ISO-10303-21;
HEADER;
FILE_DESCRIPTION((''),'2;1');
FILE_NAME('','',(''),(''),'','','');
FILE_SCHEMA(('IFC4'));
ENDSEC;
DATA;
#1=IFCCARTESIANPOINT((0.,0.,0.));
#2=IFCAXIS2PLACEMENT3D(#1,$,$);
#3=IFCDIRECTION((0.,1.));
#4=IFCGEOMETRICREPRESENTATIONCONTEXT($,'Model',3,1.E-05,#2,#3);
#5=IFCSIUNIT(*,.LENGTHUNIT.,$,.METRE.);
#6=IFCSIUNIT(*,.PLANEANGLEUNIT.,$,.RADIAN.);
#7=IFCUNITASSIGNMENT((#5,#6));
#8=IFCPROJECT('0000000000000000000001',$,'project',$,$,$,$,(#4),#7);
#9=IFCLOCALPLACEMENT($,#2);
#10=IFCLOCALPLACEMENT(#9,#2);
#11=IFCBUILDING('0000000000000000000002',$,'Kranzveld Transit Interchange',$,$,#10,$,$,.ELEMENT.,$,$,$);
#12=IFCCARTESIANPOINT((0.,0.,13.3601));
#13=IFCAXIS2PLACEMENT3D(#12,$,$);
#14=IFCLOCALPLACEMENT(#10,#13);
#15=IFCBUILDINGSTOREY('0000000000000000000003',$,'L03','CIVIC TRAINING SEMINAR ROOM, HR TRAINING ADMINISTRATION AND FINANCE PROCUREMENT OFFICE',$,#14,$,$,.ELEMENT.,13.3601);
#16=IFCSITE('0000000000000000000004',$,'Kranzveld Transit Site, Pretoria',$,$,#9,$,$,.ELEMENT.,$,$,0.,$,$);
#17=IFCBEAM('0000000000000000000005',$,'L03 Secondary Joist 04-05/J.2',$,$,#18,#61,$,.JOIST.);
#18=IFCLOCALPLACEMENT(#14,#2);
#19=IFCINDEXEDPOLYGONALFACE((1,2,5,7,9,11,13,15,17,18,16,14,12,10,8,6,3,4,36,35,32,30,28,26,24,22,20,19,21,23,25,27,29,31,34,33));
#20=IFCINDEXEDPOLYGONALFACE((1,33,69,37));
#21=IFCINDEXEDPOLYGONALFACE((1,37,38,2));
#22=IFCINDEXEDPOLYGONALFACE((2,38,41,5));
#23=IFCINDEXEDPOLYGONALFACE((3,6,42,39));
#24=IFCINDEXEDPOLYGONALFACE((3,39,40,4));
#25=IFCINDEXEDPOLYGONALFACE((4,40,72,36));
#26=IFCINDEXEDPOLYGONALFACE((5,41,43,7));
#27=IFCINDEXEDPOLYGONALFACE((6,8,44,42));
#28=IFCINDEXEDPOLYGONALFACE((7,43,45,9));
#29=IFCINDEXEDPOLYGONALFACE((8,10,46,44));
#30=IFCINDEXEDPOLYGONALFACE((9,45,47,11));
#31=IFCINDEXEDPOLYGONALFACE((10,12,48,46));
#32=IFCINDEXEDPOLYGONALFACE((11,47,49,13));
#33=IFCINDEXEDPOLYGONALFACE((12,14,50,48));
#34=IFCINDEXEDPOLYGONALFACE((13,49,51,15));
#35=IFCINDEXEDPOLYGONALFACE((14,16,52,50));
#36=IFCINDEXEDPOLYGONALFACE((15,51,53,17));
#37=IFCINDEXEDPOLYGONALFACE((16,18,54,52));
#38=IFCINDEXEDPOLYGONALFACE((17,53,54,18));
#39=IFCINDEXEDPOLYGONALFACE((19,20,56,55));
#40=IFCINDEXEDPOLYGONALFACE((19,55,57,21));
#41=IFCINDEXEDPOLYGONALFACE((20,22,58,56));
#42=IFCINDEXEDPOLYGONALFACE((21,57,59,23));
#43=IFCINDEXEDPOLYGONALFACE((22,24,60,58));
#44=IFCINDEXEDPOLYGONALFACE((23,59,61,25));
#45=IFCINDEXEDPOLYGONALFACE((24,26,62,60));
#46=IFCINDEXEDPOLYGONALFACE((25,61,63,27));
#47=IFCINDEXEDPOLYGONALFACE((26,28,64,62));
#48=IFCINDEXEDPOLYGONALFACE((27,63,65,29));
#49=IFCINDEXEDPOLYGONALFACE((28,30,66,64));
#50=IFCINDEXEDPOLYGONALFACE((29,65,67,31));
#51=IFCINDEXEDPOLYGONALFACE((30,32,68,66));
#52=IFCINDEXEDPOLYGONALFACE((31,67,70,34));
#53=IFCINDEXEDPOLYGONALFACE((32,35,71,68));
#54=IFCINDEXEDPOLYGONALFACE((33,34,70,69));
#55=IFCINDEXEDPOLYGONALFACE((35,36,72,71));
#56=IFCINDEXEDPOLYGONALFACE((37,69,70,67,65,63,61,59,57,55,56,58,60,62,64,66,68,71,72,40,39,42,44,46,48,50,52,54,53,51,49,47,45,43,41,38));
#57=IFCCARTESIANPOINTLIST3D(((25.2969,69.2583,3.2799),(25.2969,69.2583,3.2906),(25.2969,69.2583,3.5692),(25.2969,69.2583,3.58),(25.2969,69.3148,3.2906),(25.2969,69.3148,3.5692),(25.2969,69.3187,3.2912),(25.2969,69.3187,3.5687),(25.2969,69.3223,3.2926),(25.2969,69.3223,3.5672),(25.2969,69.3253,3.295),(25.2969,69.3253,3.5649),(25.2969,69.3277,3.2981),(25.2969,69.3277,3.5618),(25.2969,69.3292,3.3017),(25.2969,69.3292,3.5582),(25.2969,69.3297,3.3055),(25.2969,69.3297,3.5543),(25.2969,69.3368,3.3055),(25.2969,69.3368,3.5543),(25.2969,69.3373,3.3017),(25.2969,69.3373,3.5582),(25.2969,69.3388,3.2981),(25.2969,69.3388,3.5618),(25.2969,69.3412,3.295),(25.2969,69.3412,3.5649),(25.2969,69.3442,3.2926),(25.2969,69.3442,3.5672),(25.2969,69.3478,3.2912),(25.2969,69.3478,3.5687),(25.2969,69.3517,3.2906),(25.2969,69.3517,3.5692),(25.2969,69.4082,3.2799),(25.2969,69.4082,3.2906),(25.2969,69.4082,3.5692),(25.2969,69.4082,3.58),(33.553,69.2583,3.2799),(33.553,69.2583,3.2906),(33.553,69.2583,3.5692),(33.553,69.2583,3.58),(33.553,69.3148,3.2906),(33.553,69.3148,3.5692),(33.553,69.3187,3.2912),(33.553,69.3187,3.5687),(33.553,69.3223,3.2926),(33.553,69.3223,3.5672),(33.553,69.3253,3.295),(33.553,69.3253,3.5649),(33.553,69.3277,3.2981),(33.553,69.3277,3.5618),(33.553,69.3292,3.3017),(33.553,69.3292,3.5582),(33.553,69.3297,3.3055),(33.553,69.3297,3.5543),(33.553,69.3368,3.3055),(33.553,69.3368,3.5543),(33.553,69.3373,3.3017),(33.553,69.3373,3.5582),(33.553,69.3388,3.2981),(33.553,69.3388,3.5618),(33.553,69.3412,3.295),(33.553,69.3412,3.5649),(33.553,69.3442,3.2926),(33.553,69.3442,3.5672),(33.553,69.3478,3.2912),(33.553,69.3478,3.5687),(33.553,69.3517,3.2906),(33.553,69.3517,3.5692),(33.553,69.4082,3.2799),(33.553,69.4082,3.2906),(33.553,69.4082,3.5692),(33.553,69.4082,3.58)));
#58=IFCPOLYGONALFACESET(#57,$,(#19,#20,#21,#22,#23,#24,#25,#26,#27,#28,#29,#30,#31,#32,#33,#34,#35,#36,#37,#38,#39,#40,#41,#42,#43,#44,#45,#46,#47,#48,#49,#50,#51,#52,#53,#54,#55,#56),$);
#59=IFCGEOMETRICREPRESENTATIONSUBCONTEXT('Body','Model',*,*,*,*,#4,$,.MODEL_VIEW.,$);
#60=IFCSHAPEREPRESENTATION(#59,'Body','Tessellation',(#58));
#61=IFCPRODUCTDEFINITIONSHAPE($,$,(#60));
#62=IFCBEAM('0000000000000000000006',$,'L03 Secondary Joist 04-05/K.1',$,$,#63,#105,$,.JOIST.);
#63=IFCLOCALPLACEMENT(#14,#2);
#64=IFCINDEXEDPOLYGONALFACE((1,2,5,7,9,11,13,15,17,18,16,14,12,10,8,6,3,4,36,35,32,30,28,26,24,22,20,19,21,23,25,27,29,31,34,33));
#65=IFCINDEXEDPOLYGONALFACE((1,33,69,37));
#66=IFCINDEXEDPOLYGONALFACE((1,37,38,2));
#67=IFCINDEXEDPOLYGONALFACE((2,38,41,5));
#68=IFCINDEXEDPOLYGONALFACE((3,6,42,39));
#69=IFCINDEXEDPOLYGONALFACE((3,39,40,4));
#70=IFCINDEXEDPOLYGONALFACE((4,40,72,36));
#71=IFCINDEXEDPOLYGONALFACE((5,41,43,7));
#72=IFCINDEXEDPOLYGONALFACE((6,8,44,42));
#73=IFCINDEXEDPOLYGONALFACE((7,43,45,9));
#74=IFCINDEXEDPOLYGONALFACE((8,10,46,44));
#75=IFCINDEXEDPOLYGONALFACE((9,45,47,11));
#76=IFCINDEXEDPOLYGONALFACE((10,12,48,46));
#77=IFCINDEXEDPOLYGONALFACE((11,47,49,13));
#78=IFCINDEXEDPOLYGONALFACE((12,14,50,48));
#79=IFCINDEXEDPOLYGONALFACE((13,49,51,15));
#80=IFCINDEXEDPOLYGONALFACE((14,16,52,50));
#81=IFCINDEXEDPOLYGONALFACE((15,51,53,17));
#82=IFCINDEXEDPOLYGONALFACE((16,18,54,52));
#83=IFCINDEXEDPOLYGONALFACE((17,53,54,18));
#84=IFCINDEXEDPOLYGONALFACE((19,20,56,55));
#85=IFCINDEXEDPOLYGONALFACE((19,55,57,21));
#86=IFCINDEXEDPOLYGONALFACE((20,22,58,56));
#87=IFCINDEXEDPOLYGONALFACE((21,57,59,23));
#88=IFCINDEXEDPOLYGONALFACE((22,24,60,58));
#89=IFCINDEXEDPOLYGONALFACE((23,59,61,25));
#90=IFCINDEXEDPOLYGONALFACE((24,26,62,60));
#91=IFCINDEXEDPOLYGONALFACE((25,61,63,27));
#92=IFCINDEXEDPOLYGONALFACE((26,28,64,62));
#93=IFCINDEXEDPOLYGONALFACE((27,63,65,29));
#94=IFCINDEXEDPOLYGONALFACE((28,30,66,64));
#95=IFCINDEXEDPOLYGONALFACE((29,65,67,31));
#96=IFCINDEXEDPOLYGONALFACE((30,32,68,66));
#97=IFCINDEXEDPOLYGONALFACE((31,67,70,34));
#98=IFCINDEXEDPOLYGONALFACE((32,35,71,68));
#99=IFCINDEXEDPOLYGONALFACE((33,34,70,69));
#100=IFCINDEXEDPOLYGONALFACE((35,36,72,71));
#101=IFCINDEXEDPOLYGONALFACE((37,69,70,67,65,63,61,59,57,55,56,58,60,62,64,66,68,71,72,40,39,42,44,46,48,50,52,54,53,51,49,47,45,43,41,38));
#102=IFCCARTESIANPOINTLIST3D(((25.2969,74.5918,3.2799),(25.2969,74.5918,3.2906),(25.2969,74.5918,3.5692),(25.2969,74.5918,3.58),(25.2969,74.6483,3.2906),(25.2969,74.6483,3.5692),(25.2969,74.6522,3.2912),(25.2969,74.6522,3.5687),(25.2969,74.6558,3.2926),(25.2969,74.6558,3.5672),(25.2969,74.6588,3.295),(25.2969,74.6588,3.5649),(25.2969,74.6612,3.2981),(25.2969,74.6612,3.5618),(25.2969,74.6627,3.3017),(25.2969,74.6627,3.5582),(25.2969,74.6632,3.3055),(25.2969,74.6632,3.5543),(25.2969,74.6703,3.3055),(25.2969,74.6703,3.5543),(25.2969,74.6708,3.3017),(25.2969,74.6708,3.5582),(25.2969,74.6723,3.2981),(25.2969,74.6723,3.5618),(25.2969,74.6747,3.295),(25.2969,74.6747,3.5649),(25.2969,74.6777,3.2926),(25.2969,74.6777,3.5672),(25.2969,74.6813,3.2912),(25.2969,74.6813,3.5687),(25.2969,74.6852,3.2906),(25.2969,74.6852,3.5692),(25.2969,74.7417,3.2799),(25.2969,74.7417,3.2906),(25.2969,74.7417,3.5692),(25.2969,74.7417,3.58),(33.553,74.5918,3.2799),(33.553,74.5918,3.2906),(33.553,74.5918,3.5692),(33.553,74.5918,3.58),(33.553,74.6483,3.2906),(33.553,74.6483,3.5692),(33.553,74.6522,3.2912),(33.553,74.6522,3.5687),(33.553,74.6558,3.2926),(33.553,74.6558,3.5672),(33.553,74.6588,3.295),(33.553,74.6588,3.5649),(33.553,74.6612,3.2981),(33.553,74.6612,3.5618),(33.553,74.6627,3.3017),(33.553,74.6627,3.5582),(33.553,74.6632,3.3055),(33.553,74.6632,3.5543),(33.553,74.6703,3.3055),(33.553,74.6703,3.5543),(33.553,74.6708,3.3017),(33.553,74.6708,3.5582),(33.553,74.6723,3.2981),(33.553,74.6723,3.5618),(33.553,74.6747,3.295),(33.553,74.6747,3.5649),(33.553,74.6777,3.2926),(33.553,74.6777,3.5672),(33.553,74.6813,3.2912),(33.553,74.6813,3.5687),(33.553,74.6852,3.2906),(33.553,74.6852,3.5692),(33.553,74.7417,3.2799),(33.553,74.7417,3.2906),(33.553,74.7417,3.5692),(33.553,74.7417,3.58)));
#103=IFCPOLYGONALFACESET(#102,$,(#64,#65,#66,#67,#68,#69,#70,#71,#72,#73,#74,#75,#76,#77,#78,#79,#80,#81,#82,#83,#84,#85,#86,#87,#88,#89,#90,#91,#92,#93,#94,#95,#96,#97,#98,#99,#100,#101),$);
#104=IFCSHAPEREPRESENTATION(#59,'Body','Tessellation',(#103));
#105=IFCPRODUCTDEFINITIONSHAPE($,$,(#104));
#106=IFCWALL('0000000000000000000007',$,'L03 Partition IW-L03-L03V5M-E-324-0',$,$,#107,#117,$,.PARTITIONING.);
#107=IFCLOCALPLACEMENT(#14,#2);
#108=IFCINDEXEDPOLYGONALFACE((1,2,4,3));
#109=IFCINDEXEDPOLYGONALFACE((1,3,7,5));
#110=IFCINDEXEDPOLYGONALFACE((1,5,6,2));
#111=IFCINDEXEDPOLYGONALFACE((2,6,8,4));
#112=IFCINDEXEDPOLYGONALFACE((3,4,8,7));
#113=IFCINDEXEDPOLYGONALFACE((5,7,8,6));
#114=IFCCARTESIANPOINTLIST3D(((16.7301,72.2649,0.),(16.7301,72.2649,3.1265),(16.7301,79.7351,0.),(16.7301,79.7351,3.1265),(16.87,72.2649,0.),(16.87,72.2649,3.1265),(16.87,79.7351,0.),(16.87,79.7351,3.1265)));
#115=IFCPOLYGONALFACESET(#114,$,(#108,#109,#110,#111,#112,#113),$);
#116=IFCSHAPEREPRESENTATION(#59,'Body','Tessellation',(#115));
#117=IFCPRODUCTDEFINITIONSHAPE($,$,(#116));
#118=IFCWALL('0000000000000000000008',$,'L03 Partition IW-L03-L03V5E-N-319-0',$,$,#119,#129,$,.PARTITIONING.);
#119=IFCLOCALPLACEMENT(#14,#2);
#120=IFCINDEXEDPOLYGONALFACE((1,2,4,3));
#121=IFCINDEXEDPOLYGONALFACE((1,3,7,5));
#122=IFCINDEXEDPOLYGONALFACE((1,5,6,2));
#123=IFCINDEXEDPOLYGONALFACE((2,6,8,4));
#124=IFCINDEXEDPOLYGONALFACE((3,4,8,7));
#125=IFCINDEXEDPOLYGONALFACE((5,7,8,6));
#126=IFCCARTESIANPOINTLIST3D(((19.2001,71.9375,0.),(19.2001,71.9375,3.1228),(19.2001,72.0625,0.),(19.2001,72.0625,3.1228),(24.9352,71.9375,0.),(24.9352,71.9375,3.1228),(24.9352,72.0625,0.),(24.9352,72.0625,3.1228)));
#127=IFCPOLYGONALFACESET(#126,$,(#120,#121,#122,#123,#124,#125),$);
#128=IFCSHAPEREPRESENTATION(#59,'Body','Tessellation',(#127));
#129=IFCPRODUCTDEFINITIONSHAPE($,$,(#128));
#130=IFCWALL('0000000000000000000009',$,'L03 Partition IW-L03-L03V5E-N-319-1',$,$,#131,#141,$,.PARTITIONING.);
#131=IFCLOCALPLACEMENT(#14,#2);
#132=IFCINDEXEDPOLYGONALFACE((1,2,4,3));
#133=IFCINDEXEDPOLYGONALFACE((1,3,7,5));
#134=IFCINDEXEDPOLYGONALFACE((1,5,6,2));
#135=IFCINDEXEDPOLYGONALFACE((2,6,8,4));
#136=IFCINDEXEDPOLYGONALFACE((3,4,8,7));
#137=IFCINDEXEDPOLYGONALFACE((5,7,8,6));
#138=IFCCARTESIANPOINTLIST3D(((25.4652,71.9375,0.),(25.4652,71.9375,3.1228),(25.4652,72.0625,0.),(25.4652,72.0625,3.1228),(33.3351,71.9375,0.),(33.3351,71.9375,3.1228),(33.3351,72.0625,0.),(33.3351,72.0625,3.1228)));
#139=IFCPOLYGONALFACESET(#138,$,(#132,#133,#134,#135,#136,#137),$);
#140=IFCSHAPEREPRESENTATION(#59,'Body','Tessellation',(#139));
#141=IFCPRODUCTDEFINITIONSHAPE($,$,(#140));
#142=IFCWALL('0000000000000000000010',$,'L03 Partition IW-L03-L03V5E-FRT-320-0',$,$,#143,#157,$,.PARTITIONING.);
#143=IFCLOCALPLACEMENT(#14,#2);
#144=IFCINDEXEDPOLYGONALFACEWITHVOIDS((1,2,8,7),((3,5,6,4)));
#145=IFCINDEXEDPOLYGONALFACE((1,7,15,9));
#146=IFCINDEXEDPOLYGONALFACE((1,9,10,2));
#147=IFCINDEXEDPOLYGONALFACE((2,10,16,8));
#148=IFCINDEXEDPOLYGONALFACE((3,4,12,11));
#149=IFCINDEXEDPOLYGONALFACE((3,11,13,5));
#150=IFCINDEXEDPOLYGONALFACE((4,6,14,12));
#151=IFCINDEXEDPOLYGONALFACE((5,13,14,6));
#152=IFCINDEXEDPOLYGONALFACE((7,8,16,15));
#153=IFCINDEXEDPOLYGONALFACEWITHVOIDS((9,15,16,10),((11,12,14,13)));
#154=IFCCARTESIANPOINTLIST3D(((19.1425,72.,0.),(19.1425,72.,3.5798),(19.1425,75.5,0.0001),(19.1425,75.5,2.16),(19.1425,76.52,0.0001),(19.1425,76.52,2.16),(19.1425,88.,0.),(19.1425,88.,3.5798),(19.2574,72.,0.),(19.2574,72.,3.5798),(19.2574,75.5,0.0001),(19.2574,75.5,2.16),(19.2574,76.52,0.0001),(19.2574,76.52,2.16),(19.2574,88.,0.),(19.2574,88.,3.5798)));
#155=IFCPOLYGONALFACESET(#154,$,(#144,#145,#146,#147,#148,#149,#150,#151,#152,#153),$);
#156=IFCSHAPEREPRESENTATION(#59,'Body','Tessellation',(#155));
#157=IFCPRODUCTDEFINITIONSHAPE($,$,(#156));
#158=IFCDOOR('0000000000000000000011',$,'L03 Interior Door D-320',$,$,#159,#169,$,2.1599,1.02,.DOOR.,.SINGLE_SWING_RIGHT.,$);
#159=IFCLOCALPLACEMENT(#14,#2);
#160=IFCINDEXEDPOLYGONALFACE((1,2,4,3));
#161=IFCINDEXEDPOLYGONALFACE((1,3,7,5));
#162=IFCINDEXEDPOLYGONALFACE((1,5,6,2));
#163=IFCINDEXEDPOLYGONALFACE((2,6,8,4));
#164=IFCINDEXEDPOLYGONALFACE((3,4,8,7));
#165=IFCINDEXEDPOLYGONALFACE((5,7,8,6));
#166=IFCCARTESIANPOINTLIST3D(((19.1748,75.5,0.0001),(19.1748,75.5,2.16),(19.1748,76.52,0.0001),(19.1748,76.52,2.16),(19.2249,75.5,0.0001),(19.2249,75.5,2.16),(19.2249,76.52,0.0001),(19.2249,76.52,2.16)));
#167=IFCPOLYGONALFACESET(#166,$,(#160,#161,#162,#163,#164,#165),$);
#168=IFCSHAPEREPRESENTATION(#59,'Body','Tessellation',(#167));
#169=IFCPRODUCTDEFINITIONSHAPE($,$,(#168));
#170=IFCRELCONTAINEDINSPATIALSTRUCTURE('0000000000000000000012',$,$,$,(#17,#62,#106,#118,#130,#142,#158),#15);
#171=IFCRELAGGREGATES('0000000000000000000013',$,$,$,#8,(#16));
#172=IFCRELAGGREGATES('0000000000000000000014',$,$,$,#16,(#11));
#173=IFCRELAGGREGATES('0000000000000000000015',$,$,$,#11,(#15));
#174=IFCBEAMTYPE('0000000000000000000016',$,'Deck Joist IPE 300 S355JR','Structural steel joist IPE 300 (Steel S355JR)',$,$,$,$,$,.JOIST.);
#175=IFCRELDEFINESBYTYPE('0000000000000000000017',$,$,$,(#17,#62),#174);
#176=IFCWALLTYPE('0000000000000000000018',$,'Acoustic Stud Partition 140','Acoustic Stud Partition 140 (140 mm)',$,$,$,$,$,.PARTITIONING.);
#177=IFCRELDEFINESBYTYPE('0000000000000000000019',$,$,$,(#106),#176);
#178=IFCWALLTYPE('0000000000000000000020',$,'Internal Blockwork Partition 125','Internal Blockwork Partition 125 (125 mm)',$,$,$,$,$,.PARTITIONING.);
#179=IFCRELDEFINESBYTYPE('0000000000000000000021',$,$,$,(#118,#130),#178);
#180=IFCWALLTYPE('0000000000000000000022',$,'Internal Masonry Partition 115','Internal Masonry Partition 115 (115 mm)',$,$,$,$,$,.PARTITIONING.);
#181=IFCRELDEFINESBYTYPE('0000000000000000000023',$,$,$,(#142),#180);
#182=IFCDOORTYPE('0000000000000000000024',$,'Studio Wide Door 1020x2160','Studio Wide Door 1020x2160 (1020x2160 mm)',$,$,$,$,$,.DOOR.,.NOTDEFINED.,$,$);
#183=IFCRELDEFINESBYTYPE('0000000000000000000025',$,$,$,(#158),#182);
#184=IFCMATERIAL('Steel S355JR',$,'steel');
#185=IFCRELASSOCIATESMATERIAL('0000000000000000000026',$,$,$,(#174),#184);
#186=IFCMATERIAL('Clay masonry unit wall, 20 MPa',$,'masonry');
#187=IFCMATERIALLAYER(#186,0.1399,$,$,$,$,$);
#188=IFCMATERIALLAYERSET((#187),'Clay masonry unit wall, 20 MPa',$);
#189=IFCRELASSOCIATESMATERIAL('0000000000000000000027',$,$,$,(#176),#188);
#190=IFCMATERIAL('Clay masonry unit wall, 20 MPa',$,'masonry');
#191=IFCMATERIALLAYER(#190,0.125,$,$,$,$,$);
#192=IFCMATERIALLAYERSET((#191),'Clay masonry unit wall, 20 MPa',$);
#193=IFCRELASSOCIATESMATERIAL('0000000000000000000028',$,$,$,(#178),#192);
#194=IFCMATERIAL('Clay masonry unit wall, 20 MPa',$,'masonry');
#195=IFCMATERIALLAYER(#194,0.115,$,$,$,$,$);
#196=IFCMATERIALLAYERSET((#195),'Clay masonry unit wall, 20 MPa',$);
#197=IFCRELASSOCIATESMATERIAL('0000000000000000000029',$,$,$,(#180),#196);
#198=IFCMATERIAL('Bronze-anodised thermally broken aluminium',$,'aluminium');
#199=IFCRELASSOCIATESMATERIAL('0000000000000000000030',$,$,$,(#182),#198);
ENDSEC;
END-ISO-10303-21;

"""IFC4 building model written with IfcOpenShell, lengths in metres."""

from ifc_helpers import new_model, si_unit, direction, frame, frame_2d, origin, origin_2d, place, context, subcontext, project, spatial, rectangle, i_section, extrude, material, layer, layer_set, material_profile, profile_set, type_object, element, fill, save


model = new_model("IFC4")

# Units and contexts
model_context = context("Model", 3, precision=1e-05, world=origin(), true_north=direction((0.0, 1.0)))
body_context = subcontext(model_context, "Body", "Model", "MODEL_VIEW")
ifc_project = project(units=[si_unit("LENGTHUNIT", "METRE"), si_unit("PLANEANGLEUNIT", "RADIAN")], contexts=[model_context])

# Site, building, storey
site_placement = place(None, origin())
site = spatial("IfcSite", under=ifc_project, at=site_placement, Name="Kranzveld Transit Site, Pretoria", CompositionType="ELEMENT", RefElevation=0.0)
building_placement = place(site_placement, origin())
building = spatial("IfcBuilding", under=site, at=building_placement, Name="Kranzveld Transit Interchange", CompositionType="ELEMENT")
storey_placement = place(building_placement, frame((0.0, 0.0, 13.3601)))
storey = spatial("IfcBuildingStorey", under=building, at=storey_placement, Name="L03", Description="CIVIC TRAINING SEMINAR ROOM, HR TRAINING ADMINISTRATION AND FINANCE PROCUREMENT OFFICE", CompositionType="ELEMENT", Elevation=13.3601)

# Beams
ifc_material_1 = material(Name="Steel S355JR", Category="steel")
ifc_material_profile_1 = material_profile(ifc_material_1, i_section(OverallWidth=0.1499, OverallDepth=0.3, WebThickness=0.0071, FlangeThickness=0.0107, FilletRadius=0.0149, at=origin_2d()), Name="IPE 300")
ifc_profile_set_1 = profile_set([ifc_material_profile_1], Name="Steel S355JR")
beam_type_1 = type_object("IfcBeamType", Name="Deck Joist IPE 300 S355JR", Description="Structural steel joist IPE 300 (Steel S355JR)", PredefinedType="JOIST", material=ifc_profile_set_1)
for number, where, z_axis, x_axis, name in (
    (1, (25.2969, 69.3333, 3.4299), (1.0, 0.0, 0.0), (0.0, 1.0, 0.0), "L03 Secondary Joist 04-05/J.2"),
    (2, (25.2969, 74.6667, 3.4299), (1.0, 0.0, 0.0), (0.0, 1.0, 0.0), "L03 Secondary Joist 04-05/K.1"),
):
    element("IfcBeam", number, at=place(storey_placement, frame(where, z_axis=z_axis, x_axis=x_axis)), inside=storey, type_object=beam_type_1, Name=name, PredefinedType="JOIST", context=body_context, shape_type="SweptSolid", body=[
        extrude(i_section(OverallWidth=0.1499, OverallDepth=0.3, WebThickness=0.0071, FlangeThickness=0.0107, FilletRadius=0.0149, at=origin_2d()), origin(), (0.0, 0.0, 1.0), 8.2561),
    ])

# Walls
ifc_material_2 = material(Name="Clay masonry unit wall, 20 MPa", Category="masonry")
ifc_layer_1 = layer(ifc_material_2, 0.1399)
ifc_layer_set_1 = layer_set([ifc_layer_1], Name="Clay masonry unit wall, 20 MPa")
wall_type_1 = type_object("IfcWallType", Name="Acoustic Stud Partition 140", Description="Acoustic Stud Partition 140 (140 mm)", PredefinedType="PARTITIONING", material=ifc_layer_set_1)
wall_1_placement = place(storey_placement, frame((16.8, 72.2649, 0.0), z_axis=(0.0, 0.0, 1.0), x_axis=(0.0, 1.0, 0.0)))
element("IfcWall", 3, at=wall_1_placement, inside=storey, type_object=wall_type_1, Name="L03 Partition IW-L03-L03V5M-E-324-0", PredefinedType="PARTITIONING", context=body_context, shape_type="SweptSolid", body=[
    extrude(rectangle(XDim=7.4702, YDim=0.1399, at=frame_2d((3.7351, 0.0))), origin(), (0.0, 0.0, 1.0), 3.1265),
])
ifc_material_3 = material(Name="Clay masonry unit wall, 20 MPa", Category="masonry")
ifc_layer_2 = layer(ifc_material_3, 0.125)
ifc_layer_set_2 = layer_set([ifc_layer_2], Name="Clay masonry unit wall, 20 MPa")
wall_type_2 = type_object("IfcWallType", Name="Internal Blockwork Partition 125", Description="Internal Blockwork Partition 125 (125 mm)", PredefinedType="PARTITIONING", material=ifc_layer_set_2)
wall_2_placement = place(storey_placement, frame((19.2, 72.0, 0.0), z_axis=(0.0, 0.0, 1.0), x_axis=(1.0, 0.0, 0.0)))
element("IfcWall", 4, at=wall_2_placement, inside=storey, type_object=wall_type_2, Name="L03 Partition IW-L03-L03V5E-N-319-0", PredefinedType="PARTITIONING", context=body_context, shape_type="SweptSolid", body=[
    extrude(rectangle(XDim=5.7351, YDim=0.125, at=frame_2d((2.8677, 0.0))), origin(), (0.0, 0.0, 1.0), 3.1228),
])
wall_3_placement = place(storey_placement, frame((25.4651, 72.0, 0.0), z_axis=(0.0, 0.0, 1.0), x_axis=(1.0, 0.0, 0.0)))
element("IfcWall", 5, at=wall_3_placement, inside=storey, type_object=wall_type_2, Name="L03 Partition IW-L03-L03V5E-N-319-1", PredefinedType="PARTITIONING", context=body_context, shape_type="SweptSolid", body=[
    extrude(rectangle(XDim=7.8699, YDim=0.125, at=frame_2d((3.9351, 0.0))), origin(), (0.0, 0.0, 1.0), 3.1228),
])

# Wall, opening, door
ifc_material_4 = material(Name="Clay masonry unit wall, 20 MPa", Category="masonry")
ifc_layer_3 = layer(ifc_material_4, 0.115)
ifc_layer_set_3 = layer_set([ifc_layer_3], Name="Clay masonry unit wall, 20 MPa")
wall_type_3 = type_object("IfcWallType", Name="Internal Masonry Partition 115", Description="Internal Masonry Partition 115 (115 mm)", PredefinedType="PARTITIONING", material=ifc_layer_set_3)
wall_4_placement = place(storey_placement, frame((19.2, 72.0, 0.0), z_axis=(0.0, 0.0, 1.0), x_axis=(0.0, 1.0, 0.0)))
wall_4 = element("IfcWall", 6, at=wall_4_placement, inside=storey, type_object=wall_type_3, Name="L03 Partition IW-L03-L03V5E-FRT-320-0", PredefinedType="PARTITIONING", context=body_context, shape_type="SweptSolid", body=[
    extrude(rectangle(XDim=16.0, YDim=0.115, at=frame_2d((8.0, 0.0))), origin(), (0.0, 0.0, 1.0), 3.5798),
])
opening_placement = place(wall_4_placement, frame((4.52, 0.0, 0.0), z_axis=(0.0, 0.0, 1.0), x_axis=(-1.0, 0.0, 0.0)))
opening = element("IfcOpeningElement", 7, at=opening_placement, cuts=wall_4, PredefinedType="OPENING", context=body_context, shape_type="SweptSolid", body=[
    extrude(rectangle(XDim=1.02, YDim=2.1599, at=frame_2d((0.51, 1.0801))), frame((0.0, 0.0674, 0.0), z_axis=(0.0, -1.0, 0.0), x_axis=(1.0, 0.0, 0.0)), (0.0, 0.0, 1.0), 0.135),
])
ifc_material_5 = material(Name="Bronze-anodised thermally broken aluminium", Category="aluminium")
door_type = type_object("IfcDoorType", Name="Studio Wide Door 1020x2160", Description="Studio Wide Door 1020x2160 (1020x2160 mm)", OperationType="NOTDEFINED", PredefinedType="DOOR", material=ifc_material_5)
door_placement = place(opening_placement, origin())
door = element("IfcDoor", 8, at=door_placement, inside=storey, type_object=door_type, Name="L03 Interior Door D-320", OperationType="SINGLE_SWING_RIGHT", OverallHeight=2.1599, OverallWidth=1.02, PredefinedType="DOOR", context=body_context, shape_type="SweptSolid", body=[
    extrude(rectangle(XDim=1.02, YDim=2.1599, at=frame_2d((0.51, 1.0801))), frame((0.0, 0.0249, 0.0), z_axis=(0.0, -1.0, 0.0), x_axis=(1.0, 0.0, 0.0)), (0.0, 0.0, 1.0), 0.05),
])
fill(opening, door)

save(model, "model.ifc")
